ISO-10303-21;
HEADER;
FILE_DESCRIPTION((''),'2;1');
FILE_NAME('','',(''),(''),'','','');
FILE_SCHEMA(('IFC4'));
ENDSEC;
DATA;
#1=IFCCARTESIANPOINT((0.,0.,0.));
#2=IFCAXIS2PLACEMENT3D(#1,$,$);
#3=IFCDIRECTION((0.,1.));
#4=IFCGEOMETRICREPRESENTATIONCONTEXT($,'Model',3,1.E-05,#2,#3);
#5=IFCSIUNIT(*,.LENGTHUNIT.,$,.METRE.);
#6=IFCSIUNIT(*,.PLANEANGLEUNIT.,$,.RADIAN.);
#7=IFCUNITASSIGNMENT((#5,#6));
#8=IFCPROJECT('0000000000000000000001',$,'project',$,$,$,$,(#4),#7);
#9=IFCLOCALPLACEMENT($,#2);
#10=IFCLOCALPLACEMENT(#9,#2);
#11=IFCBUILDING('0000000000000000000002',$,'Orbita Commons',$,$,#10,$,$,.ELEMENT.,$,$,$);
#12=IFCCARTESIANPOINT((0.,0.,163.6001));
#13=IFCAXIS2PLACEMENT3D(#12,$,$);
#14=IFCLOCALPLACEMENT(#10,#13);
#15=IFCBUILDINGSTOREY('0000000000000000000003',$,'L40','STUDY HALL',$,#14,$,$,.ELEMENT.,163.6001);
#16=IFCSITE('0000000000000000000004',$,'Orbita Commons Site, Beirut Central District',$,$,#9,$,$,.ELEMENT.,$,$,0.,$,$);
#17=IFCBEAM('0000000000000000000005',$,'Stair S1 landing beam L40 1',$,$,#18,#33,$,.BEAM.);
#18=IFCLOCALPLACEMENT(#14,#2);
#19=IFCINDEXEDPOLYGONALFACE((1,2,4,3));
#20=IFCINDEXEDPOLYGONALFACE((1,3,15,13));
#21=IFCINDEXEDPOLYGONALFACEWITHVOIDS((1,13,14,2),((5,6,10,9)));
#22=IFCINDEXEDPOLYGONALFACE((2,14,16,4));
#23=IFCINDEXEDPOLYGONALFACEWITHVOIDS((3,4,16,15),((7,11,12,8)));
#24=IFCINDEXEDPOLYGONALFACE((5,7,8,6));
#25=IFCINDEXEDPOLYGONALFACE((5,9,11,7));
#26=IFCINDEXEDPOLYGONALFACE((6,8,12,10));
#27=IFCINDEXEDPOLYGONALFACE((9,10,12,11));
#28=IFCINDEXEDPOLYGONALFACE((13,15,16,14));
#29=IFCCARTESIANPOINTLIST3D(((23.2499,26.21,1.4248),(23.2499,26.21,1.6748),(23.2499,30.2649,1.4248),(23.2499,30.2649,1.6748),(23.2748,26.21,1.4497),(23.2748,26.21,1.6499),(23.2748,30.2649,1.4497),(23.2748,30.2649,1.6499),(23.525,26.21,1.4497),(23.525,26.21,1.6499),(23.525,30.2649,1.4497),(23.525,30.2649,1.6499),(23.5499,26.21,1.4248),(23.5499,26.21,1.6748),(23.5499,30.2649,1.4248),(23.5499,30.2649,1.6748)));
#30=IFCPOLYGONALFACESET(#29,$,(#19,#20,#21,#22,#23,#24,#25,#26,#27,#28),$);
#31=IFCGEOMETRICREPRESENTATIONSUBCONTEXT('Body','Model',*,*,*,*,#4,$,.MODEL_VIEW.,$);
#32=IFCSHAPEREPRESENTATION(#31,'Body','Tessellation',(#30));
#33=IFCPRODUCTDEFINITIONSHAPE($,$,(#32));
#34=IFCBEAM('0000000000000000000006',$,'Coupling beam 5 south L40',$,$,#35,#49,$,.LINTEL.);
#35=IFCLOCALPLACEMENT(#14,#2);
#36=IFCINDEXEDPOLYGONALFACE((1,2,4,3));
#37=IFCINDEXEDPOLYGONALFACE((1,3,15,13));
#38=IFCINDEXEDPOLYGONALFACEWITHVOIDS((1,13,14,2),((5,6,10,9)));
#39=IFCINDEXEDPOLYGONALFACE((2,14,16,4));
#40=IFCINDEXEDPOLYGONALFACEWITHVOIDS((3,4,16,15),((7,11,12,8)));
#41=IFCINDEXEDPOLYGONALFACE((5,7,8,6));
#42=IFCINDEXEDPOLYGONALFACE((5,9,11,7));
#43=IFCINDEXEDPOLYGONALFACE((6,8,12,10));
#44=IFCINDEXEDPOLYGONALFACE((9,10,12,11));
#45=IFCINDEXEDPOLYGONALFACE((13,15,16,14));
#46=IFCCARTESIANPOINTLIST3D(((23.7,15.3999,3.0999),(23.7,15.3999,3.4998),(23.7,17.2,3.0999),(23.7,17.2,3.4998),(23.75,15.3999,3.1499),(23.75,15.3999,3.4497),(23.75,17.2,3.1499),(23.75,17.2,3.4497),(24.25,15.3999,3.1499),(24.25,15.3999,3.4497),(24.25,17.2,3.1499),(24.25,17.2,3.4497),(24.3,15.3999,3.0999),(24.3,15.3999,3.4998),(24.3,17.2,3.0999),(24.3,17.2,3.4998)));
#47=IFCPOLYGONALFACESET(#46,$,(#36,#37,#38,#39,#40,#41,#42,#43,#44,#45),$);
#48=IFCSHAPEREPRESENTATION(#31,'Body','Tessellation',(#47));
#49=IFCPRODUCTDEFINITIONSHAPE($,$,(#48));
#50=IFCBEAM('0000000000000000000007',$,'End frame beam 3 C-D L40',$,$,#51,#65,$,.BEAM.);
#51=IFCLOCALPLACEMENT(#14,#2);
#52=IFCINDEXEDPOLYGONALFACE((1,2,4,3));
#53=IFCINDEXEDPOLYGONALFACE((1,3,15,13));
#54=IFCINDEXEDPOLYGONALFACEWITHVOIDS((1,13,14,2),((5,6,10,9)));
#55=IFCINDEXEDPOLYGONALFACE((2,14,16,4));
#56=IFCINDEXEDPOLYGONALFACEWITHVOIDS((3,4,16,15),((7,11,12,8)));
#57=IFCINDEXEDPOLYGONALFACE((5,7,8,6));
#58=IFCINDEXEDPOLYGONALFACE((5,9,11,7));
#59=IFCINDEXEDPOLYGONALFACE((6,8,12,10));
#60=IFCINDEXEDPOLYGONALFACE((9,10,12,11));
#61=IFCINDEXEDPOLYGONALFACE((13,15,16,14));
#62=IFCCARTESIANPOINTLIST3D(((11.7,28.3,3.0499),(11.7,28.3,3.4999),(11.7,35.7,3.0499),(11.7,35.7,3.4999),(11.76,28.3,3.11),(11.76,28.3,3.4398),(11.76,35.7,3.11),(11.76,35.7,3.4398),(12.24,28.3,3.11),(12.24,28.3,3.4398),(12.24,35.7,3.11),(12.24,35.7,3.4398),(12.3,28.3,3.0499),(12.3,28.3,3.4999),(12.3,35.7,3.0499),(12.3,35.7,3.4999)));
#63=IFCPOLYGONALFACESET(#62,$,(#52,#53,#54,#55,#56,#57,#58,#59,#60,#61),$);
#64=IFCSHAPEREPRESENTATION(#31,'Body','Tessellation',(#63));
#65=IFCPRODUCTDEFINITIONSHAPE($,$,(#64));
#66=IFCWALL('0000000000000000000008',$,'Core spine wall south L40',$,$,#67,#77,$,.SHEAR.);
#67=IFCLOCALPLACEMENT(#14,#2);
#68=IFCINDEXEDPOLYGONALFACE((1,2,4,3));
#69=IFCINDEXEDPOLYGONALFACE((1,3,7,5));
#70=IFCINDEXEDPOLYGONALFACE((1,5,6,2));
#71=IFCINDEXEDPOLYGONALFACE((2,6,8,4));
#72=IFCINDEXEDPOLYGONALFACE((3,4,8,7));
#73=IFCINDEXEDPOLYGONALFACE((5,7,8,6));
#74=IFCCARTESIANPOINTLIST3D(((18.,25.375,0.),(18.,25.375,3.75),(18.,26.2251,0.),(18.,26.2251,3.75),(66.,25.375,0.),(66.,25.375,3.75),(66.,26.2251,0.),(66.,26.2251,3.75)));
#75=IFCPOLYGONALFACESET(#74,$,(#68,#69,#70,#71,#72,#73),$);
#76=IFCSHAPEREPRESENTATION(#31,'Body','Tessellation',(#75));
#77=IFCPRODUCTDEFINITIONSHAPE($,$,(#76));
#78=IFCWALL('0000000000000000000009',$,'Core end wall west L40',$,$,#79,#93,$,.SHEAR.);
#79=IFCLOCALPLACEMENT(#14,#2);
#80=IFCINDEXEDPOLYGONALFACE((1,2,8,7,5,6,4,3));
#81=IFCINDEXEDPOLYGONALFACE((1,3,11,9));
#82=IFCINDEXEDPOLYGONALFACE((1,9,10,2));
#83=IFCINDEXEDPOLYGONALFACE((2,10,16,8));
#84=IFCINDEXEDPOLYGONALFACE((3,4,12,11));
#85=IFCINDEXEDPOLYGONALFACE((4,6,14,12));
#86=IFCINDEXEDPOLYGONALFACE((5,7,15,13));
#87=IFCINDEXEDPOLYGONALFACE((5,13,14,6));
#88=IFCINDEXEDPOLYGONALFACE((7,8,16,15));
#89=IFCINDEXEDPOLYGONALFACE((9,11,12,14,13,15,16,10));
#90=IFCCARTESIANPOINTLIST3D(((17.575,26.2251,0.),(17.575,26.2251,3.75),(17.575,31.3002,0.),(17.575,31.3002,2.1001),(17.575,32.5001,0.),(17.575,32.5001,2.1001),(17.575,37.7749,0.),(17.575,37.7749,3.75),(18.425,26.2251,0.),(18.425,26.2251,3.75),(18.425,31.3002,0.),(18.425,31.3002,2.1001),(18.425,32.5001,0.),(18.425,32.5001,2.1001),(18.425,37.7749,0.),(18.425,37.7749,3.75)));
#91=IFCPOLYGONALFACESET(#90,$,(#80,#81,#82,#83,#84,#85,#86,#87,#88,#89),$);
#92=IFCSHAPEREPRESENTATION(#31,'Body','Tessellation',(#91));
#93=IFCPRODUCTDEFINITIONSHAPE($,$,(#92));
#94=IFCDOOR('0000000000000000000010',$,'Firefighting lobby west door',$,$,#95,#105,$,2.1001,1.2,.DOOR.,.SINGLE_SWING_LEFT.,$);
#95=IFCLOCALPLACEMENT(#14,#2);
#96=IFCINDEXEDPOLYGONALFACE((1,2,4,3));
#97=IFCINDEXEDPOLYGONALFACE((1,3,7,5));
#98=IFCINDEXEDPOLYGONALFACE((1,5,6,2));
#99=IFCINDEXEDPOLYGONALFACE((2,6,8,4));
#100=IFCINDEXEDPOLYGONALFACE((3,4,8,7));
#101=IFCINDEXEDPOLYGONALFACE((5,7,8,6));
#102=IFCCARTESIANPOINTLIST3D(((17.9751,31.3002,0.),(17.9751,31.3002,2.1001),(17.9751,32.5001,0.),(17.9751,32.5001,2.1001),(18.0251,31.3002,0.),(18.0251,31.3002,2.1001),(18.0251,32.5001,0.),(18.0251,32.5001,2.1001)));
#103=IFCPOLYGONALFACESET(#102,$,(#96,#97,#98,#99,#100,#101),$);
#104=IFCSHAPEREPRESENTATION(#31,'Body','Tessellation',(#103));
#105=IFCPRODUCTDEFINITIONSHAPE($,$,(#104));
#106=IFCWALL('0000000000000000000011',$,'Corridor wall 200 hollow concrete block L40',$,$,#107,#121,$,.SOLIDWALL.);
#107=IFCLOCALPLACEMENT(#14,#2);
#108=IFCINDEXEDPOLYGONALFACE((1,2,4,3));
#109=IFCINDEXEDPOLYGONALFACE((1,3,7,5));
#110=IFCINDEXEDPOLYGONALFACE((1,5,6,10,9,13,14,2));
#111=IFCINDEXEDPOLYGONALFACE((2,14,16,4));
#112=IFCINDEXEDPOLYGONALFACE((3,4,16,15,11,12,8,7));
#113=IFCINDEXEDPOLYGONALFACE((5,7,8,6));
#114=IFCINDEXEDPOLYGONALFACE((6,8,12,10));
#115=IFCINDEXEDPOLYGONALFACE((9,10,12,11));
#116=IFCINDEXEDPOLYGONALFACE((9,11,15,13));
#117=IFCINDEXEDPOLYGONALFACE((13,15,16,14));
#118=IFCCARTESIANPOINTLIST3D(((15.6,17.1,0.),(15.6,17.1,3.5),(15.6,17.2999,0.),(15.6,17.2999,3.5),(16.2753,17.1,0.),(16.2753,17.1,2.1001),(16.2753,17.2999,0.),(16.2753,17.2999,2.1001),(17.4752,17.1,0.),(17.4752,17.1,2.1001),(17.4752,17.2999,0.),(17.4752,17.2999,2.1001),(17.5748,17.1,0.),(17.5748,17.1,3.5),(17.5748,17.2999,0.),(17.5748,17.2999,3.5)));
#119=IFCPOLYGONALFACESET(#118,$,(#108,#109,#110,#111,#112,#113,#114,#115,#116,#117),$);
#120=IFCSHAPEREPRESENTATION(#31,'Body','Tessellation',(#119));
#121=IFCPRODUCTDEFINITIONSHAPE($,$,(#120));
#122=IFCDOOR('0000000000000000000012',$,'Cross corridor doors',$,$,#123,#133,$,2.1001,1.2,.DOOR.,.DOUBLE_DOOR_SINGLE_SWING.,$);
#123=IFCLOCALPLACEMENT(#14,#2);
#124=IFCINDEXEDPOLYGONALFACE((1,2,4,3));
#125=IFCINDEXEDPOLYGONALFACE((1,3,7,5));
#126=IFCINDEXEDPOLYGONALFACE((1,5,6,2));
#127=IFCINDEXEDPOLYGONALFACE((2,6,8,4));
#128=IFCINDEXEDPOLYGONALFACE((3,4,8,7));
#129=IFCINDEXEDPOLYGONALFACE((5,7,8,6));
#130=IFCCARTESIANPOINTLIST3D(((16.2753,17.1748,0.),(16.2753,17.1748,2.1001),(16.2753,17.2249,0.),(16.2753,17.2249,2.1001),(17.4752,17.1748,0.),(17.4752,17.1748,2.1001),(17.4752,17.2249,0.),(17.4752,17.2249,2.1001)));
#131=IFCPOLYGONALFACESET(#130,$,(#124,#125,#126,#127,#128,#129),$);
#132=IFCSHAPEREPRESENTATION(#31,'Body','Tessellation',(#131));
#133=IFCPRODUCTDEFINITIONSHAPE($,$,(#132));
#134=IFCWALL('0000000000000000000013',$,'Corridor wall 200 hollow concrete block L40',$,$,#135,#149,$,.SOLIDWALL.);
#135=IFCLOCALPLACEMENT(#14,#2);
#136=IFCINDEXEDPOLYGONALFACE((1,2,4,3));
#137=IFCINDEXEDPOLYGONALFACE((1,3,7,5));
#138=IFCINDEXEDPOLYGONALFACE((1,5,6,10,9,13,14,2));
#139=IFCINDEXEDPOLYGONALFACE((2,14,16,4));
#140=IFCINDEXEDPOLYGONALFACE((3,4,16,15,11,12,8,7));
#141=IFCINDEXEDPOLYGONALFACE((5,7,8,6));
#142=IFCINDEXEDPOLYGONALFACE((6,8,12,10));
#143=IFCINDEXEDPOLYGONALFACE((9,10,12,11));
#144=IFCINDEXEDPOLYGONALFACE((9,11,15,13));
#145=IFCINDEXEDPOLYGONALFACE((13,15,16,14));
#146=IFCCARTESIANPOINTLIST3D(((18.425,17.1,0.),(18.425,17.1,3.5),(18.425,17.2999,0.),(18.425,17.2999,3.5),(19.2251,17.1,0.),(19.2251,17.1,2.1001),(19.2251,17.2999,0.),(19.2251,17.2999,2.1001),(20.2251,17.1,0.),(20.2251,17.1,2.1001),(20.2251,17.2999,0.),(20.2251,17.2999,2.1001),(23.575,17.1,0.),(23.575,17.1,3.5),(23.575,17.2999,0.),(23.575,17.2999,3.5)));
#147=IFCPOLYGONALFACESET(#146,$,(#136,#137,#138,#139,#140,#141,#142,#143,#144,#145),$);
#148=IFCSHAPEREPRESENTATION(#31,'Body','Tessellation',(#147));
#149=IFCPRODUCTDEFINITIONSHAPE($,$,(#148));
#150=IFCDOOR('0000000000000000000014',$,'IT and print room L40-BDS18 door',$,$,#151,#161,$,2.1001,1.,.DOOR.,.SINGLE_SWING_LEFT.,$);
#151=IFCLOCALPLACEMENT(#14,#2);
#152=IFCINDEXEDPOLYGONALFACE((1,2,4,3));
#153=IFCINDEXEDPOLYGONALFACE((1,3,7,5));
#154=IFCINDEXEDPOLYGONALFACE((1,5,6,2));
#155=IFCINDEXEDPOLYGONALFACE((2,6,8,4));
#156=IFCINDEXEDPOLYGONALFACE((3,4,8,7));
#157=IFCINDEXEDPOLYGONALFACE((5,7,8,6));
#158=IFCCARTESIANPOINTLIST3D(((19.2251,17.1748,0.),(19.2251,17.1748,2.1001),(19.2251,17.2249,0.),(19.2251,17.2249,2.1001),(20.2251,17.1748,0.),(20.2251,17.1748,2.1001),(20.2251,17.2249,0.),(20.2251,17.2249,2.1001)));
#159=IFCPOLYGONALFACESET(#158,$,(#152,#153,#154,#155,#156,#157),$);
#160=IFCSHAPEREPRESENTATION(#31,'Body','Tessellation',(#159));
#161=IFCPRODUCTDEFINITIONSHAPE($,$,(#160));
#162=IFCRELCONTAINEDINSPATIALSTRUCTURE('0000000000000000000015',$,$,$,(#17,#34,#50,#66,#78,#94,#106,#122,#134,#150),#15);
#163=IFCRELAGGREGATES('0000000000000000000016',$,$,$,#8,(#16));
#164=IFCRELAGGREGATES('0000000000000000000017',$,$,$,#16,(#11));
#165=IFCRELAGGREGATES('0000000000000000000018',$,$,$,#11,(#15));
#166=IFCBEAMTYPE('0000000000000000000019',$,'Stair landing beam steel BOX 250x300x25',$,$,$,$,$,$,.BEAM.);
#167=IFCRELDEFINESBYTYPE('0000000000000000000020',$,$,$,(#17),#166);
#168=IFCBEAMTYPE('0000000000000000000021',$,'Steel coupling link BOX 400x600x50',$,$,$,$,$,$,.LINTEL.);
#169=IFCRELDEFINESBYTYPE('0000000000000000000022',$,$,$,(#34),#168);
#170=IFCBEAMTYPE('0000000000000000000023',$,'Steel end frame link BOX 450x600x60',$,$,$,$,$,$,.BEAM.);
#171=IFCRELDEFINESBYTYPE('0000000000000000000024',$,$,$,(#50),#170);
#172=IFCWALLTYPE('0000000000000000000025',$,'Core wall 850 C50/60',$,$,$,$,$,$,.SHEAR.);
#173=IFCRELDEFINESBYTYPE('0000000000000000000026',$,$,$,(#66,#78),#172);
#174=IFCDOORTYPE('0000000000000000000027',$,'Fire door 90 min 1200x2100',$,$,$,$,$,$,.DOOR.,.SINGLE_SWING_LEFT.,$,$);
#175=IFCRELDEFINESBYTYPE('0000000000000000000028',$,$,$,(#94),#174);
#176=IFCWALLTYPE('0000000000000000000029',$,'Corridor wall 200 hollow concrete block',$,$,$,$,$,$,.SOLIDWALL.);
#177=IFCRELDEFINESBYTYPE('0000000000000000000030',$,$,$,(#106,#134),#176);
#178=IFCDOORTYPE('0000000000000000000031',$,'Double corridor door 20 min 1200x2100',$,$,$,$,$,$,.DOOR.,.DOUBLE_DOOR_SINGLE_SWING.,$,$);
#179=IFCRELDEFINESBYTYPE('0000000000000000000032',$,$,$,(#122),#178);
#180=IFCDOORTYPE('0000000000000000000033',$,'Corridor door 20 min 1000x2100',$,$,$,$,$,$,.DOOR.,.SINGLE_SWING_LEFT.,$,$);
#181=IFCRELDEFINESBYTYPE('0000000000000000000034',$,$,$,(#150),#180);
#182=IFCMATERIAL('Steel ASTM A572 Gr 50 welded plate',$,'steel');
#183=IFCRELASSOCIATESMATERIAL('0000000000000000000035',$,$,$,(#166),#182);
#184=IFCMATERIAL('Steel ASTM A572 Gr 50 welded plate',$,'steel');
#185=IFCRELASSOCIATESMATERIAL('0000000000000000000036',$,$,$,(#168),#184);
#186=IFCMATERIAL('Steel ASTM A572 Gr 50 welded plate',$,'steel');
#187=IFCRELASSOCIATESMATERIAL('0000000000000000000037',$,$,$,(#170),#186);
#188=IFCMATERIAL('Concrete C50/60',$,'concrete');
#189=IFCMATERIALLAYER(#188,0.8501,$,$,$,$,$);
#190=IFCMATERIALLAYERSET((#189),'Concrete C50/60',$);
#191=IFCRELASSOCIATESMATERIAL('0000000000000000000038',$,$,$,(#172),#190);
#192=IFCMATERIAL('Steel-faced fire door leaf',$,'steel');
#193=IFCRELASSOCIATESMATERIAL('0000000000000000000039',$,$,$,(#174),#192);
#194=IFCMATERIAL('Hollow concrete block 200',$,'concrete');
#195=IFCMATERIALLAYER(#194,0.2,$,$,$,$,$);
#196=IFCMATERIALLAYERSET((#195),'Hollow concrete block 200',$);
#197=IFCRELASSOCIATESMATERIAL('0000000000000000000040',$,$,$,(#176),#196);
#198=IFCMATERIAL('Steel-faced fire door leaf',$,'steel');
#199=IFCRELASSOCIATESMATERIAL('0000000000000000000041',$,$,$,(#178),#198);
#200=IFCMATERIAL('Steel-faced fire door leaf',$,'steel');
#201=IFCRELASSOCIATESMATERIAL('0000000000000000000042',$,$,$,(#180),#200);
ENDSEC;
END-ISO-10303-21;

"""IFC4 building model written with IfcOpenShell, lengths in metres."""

from ifc_helpers import new_model, si_unit, direction, frame, frame_2d, origin, origin_2d, place, context, subcontext, project, spatial, rectangle, hollow_rectangle, extrude, material, layer, layer_set, material_profile, profile_set, type_object, element, fill, save


model = new_model("IFC4")

# Units and contexts
model_context = context("Model", 3, precision=1e-05, world=origin(), true_north=direction((0.0, 1.0)))
body_context = subcontext(model_context, "Body", "Model", "MODEL_VIEW")
ifc_project = project(units=[si_unit("LENGTHUNIT", "METRE"), si_unit("PLANEANGLEUNIT", "RADIAN")], contexts=[model_context])

# Site, building, storey
site_placement = place(None, origin())
site = spatial("IfcSite", under=ifc_project, at=site_placement, Name="Orbita Commons Site, Beirut Central District", CompositionType="ELEMENT", RefElevation=0.0)
building_placement = place(site_placement, origin())
building = spatial("IfcBuilding", under=site, at=building_placement, Name="Orbita Commons", CompositionType="ELEMENT")
storey_placement = place(building_placement, frame((0.0, 0.0, 163.6001)))
storey = spatial("IfcBuildingStorey", under=building, at=storey_placement, Name="L40", Description="STUDY HALL", CompositionType="ELEMENT", Elevation=163.6001)

# Beams
ifc_material_1 = material(Name="Steel ASTM A572 Gr 50 welded plate", Category="steel")
ifc_material_profile_1 = material_profile(ifc_material_1, hollow_rectangle(XDim=0.3, YDim=0.25, WallThickness=0.0249, at=origin_2d()), Name="BOX 250x300x25")
ifc_profile_set_1 = profile_set([ifc_material_profile_1], Name="Steel ASTM A572 Gr 50 welded plate")
beam_type_1 = type_object("IfcBeamType", Name="Stair landing beam steel BOX 250x300x25", PredefinedType="BEAM", material=ifc_profile_set_1)
beam_1_placement = place(storey_placement, frame((23.3999, 26.21, 1.5498), z_axis=(0.0, 1.0, 0.0), x_axis=(-1.0, 0.0, 0.0)))
element("IfcBeam", 1, at=beam_1_placement, inside=storey, type_object=beam_type_1, Name="Stair S1 landing beam L40 1", PredefinedType="BEAM", context=body_context, shape_type="SweptSolid", body=[
    extrude(hollow_rectangle(XDim=0.3, YDim=0.25, WallThickness=0.0249, at=origin_2d()), origin(), (0.0, 0.0, 1.0), 4.0549),
])
ifc_material_2 = material(Name="Steel ASTM A572 Gr 50 welded plate", Category="steel")
ifc_material_profile_2 = material_profile(ifc_material_2, hollow_rectangle(XDim=0.6001, YDim=0.3999, WallThickness=0.05, at=origin_2d()), Name="BOX 400x600x50")
ifc_profile_set_2 = profile_set([ifc_material_profile_2], Name="Steel ASTM A572 Gr 50 welded plate")
beam_type_2 = type_object("IfcBeamType", Name="Steel coupling link BOX 400x600x50", PredefinedType="LINTEL", material=ifc_profile_set_2)
beam_2_placement = place(storey_placement, frame((24.0, 15.3999, 3.2998), z_axis=(0.0, 1.0, 0.0), x_axis=(-1.0, 0.0, 0.0)))
element("IfcBeam", 2, at=beam_2_placement, inside=storey, type_object=beam_type_2, Name="Coupling beam 5 south L40", PredefinedType="LINTEL", context=body_context, shape_type="SweptSolid", body=[
    extrude(hollow_rectangle(XDim=0.6001, YDim=0.3999, WallThickness=0.05, at=origin_2d()), origin(), (0.0, 0.0, 1.0), 1.8),
])
ifc_material_3 = material(Name="Steel ASTM A572 Gr 50 welded plate", Category="steel")
ifc_material_profile_3 = material_profile(ifc_material_3, hollow_rectangle(XDim=0.6001, YDim=0.45, WallThickness=0.0601, at=origin_2d()), Name="BOX 450x600x60")
ifc_profile_set_3 = profile_set([ifc_material_profile_3], Name="Steel ASTM A572 Gr 50 welded plate")
beam_type_3 = type_object("IfcBeamType", Name="Steel end frame link BOX 450x600x60", PredefinedType="BEAM", material=ifc_profile_set_3)
beam_3_placement = place(storey_placement, frame((12.0, 28.3, 3.2749), z_axis=(0.0, 1.0, 0.0), x_axis=(-1.0, 0.0, 0.0)))
element("IfcBeam", 3, at=beam_3_placement, inside=storey, type_object=beam_type_3, Name="End frame beam 3 C-D L40", PredefinedType="BEAM", context=body_context, shape_type="SweptSolid", body=[
    extrude(hollow_rectangle(XDim=0.6001, YDim=0.45, WallThickness=0.0601, at=origin_2d()), origin(), (0.0, 0.0, 1.0), 7.3999),
])

# Wall
ifc_material_4 = material(Name="Concrete C50/60", Category="concrete")
ifc_layer_1 = layer(ifc_material_4, 0.8501)
ifc_layer_set_1 = layer_set([ifc_layer_1], Name="Concrete C50/60")
wall_type_1 = type_object("IfcWallType", Name="Core wall 850 C50/60", PredefinedType="SHEAR", material=ifc_layer_set_1)
wall_1_placement = place(storey_placement, frame((18.0, 25.8, 0.0), z_axis=(0.0, 0.0, 1.0), x_axis=(1.0, 0.0, 0.0)))
element("IfcWall", 4, at=wall_1_placement, inside=storey, type_object=wall_type_1, Name="Core spine wall south L40", PredefinedType="SHEAR", context=body_context, shape_type="SweptSolid", body=[
    extrude(rectangle(XDim=48.0, YDim=0.8501, at=frame_2d((24.0, 0.0))), origin(), (0.0, 0.0, 1.0), 3.75),
])

# Walls, openings, doors
wall_2_placement = place(storey_placement, frame((18.0, 26.2251, 0.0), z_axis=(0.0, 0.0, 1.0), x_axis=(0.0, 1.0, 0.0)))
wall_2 = element("IfcWall", 5, at=wall_2_placement, inside=storey, type_object=wall_type_1, Name="Core end wall west L40", PredefinedType="SHEAR", context=body_context, shape_type="SweptSolid", body=[
    extrude(rectangle(XDim=11.5498, YDim=0.8501, at=frame_2d((5.7749, 0.0))), origin(), (0.0, 0.0, 1.0), 3.75),
])
opening_1_placement = place(wall_2_placement, frame((5.075, 0.0, 0.0)))
opening_1 = element("IfcOpeningElement", 6, at=opening_1_placement, cuts=wall_2, PredefinedType="OPENING", context=body_context, shape_type="SweptSolid", body=[
    extrude(rectangle(XDim=1.2, YDim=2.1001, at=frame_2d((0.6001, 1.05))), frame((0.0, 0.4351, 0.0), z_axis=(0.0, -1.0, 0.0), x_axis=(1.0, 0.0, 0.0)), (0.0, 0.0, 1.0), 0.8701),
])
ifc_material_5 = material(Name="Steel-faced fire door leaf", Category="steel")
door_type_1 = type_object("IfcDoorType", Name="Fire door 90 min 1200x2100", OperationType="SINGLE_SWING_LEFT", PredefinedType="DOOR", material=ifc_material_5)
door_1_placement = place(opening_1_placement, origin())
door_1 = element("IfcDoor", 7, at=door_1_placement, inside=storey, type_object=door_type_1, Name="Firefighting lobby west door", OperationType="SINGLE_SWING_LEFT", OverallHeight=2.1001, OverallWidth=1.2, PredefinedType="DOOR", context=body_context, shape_type="SweptSolid", body=[
    extrude(rectangle(XDim=1.2, YDim=2.1001, at=frame_2d((0.6001, 1.05))), frame((0.0, 0.0249, 0.0), z_axis=(0.0, -1.0, 0.0), x_axis=(1.0, 0.0, 0.0)), (0.0, 0.0, 1.0), 0.05),
])
fill(opening_1, door_1)
ifc_material_6 = material(Name="Hollow concrete block 200", Category="concrete")
ifc_layer_2 = layer(ifc_material_6, 0.2)
ifc_layer_set_2 = layer_set([ifc_layer_2], Name="Hollow concrete block 200")
wall_type_2 = type_object("IfcWallType", Name="Corridor wall 200 hollow concrete block", PredefinedType="SOLIDWALL", material=ifc_layer_set_2)
wall_3_placement = place(storey_placement, frame((15.6001, 17.2, 0.0), z_axis=(0.0, 0.0, 1.0), x_axis=(1.0, 0.0, 0.0)))
wall_3 = element("IfcWall", 8, at=wall_3_placement, inside=storey, type_object=wall_type_2, Name="Corridor wall 200 hollow concrete block L40", PredefinedType="SOLIDWALL", context=body_context, shape_type="SweptSolid", body=[
    extrude(rectangle(XDim=1.9749, YDim=0.2, at=frame_2d((0.9873, 0.0))), origin(), (0.0, 0.0, 1.0), 3.5),
])
opening_2_placement = place(wall_3_placement, frame((0.675, 0.0, 0.0)))
opening_2 = element("IfcOpeningElement", 9, at=opening_2_placement, cuts=wall_3, PredefinedType="OPENING", context=body_context, shape_type="SweptSolid", body=[
    extrude(rectangle(XDim=1.2, YDim=2.1001, at=frame_2d((0.6001, 1.05))), frame((0.0, 0.1099, 0.0), z_axis=(0.0, -1.0, 0.0), x_axis=(1.0, 0.0, 0.0)), (0.0, 0.0, 1.0), 0.22),
])
ifc_material_7 = material(Name="Steel-faced fire door leaf", Category="steel")
door_type_2 = type_object("IfcDoorType", Name="Double corridor door 20 min 1200x2100", OperationType="DOUBLE_DOOR_SINGLE_SWING", PredefinedType="DOOR", material=ifc_material_7)
door_2_placement = place(opening_2_placement, origin())
door_2 = element("IfcDoor", 10, at=door_2_placement, inside=storey, type_object=door_type_2, Name="Cross corridor doors", OperationType="DOUBLE_DOOR_SINGLE_SWING", OverallHeight=2.1001, OverallWidth=1.2, PredefinedType="DOOR", context=body_context, shape_type="SweptSolid", body=[
    extrude(rectangle(XDim=1.2, YDim=2.1001, at=frame_2d((0.6001, 1.05))), frame((0.0, 0.0249, 0.0), z_axis=(0.0, -1.0, 0.0), x_axis=(1.0, 0.0, 0.0)), (0.0, 0.0, 1.0), 0.05),
])
fill(opening_2, door_2)
wall_4_placement = place(storey_placement, frame((18.425, 17.2, 0.0), z_axis=(0.0, 0.0, 1.0), x_axis=(1.0, 0.0, 0.0)))
wall_4 = element("IfcWall", 11, at=wall_4_placement, inside=storey, type_object=wall_type_2, Name="Corridor wall 200 hollow concrete block L40", PredefinedType="SOLIDWALL", context=body_context, shape_type="SweptSolid", body=[
    extrude(rectangle(XDim=5.1499, YDim=0.2, at=frame_2d((2.575, 0.0))), origin(), (0.0, 0.0, 1.0), 3.5),
])
opening_3_placement = place(wall_4_placement, frame((0.8, 0.0, 0.0)))
opening_3 = element("IfcOpeningElement", 12, at=opening_3_placement, cuts=wall_4, PredefinedType="OPENING", context=body_context, shape_type="SweptSolid", body=[
    extrude(rectangle(XDim=1.0, YDim=2.1001, at=frame_2d((0.5, 1.05))), frame((0.0, 0.1099, 0.0), z_axis=(0.0, -1.0, 0.0), x_axis=(1.0, 0.0, 0.0)), (0.0, 0.0, 1.0), 0.22),
])
ifc_material_8 = material(Name="Steel-faced fire door leaf", Category="steel")
door_type_3 = type_object("IfcDoorType", Name="Corridor door 20 min 1000x2100", OperationType="SINGLE_SWING_LEFT", PredefinedType="DOOR", material=ifc_material_8)
door_3_placement = place(opening_3_placement, origin())
door_3 = element("IfcDoor", 13, at=door_3_placement, inside=storey, type_object=door_type_3, Name="IT and print room L40-BDS18 door", OperationType="SINGLE_SWING_LEFT", OverallHeight=2.1001, OverallWidth=1.0, PredefinedType="DOOR", context=body_context, shape_type="SweptSolid", body=[
    extrude(rectangle(XDim=1.0, YDim=2.1001, at=frame_2d((0.5, 1.05))), frame((0.0, 0.0249, 0.0), z_axis=(0.0, -1.0, 0.0), x_axis=(1.0, 0.0, 0.0)), (0.0, 0.0, 1.0), 0.05),
])
fill(opening_3, door_3)

save(model, "model.ifc")
